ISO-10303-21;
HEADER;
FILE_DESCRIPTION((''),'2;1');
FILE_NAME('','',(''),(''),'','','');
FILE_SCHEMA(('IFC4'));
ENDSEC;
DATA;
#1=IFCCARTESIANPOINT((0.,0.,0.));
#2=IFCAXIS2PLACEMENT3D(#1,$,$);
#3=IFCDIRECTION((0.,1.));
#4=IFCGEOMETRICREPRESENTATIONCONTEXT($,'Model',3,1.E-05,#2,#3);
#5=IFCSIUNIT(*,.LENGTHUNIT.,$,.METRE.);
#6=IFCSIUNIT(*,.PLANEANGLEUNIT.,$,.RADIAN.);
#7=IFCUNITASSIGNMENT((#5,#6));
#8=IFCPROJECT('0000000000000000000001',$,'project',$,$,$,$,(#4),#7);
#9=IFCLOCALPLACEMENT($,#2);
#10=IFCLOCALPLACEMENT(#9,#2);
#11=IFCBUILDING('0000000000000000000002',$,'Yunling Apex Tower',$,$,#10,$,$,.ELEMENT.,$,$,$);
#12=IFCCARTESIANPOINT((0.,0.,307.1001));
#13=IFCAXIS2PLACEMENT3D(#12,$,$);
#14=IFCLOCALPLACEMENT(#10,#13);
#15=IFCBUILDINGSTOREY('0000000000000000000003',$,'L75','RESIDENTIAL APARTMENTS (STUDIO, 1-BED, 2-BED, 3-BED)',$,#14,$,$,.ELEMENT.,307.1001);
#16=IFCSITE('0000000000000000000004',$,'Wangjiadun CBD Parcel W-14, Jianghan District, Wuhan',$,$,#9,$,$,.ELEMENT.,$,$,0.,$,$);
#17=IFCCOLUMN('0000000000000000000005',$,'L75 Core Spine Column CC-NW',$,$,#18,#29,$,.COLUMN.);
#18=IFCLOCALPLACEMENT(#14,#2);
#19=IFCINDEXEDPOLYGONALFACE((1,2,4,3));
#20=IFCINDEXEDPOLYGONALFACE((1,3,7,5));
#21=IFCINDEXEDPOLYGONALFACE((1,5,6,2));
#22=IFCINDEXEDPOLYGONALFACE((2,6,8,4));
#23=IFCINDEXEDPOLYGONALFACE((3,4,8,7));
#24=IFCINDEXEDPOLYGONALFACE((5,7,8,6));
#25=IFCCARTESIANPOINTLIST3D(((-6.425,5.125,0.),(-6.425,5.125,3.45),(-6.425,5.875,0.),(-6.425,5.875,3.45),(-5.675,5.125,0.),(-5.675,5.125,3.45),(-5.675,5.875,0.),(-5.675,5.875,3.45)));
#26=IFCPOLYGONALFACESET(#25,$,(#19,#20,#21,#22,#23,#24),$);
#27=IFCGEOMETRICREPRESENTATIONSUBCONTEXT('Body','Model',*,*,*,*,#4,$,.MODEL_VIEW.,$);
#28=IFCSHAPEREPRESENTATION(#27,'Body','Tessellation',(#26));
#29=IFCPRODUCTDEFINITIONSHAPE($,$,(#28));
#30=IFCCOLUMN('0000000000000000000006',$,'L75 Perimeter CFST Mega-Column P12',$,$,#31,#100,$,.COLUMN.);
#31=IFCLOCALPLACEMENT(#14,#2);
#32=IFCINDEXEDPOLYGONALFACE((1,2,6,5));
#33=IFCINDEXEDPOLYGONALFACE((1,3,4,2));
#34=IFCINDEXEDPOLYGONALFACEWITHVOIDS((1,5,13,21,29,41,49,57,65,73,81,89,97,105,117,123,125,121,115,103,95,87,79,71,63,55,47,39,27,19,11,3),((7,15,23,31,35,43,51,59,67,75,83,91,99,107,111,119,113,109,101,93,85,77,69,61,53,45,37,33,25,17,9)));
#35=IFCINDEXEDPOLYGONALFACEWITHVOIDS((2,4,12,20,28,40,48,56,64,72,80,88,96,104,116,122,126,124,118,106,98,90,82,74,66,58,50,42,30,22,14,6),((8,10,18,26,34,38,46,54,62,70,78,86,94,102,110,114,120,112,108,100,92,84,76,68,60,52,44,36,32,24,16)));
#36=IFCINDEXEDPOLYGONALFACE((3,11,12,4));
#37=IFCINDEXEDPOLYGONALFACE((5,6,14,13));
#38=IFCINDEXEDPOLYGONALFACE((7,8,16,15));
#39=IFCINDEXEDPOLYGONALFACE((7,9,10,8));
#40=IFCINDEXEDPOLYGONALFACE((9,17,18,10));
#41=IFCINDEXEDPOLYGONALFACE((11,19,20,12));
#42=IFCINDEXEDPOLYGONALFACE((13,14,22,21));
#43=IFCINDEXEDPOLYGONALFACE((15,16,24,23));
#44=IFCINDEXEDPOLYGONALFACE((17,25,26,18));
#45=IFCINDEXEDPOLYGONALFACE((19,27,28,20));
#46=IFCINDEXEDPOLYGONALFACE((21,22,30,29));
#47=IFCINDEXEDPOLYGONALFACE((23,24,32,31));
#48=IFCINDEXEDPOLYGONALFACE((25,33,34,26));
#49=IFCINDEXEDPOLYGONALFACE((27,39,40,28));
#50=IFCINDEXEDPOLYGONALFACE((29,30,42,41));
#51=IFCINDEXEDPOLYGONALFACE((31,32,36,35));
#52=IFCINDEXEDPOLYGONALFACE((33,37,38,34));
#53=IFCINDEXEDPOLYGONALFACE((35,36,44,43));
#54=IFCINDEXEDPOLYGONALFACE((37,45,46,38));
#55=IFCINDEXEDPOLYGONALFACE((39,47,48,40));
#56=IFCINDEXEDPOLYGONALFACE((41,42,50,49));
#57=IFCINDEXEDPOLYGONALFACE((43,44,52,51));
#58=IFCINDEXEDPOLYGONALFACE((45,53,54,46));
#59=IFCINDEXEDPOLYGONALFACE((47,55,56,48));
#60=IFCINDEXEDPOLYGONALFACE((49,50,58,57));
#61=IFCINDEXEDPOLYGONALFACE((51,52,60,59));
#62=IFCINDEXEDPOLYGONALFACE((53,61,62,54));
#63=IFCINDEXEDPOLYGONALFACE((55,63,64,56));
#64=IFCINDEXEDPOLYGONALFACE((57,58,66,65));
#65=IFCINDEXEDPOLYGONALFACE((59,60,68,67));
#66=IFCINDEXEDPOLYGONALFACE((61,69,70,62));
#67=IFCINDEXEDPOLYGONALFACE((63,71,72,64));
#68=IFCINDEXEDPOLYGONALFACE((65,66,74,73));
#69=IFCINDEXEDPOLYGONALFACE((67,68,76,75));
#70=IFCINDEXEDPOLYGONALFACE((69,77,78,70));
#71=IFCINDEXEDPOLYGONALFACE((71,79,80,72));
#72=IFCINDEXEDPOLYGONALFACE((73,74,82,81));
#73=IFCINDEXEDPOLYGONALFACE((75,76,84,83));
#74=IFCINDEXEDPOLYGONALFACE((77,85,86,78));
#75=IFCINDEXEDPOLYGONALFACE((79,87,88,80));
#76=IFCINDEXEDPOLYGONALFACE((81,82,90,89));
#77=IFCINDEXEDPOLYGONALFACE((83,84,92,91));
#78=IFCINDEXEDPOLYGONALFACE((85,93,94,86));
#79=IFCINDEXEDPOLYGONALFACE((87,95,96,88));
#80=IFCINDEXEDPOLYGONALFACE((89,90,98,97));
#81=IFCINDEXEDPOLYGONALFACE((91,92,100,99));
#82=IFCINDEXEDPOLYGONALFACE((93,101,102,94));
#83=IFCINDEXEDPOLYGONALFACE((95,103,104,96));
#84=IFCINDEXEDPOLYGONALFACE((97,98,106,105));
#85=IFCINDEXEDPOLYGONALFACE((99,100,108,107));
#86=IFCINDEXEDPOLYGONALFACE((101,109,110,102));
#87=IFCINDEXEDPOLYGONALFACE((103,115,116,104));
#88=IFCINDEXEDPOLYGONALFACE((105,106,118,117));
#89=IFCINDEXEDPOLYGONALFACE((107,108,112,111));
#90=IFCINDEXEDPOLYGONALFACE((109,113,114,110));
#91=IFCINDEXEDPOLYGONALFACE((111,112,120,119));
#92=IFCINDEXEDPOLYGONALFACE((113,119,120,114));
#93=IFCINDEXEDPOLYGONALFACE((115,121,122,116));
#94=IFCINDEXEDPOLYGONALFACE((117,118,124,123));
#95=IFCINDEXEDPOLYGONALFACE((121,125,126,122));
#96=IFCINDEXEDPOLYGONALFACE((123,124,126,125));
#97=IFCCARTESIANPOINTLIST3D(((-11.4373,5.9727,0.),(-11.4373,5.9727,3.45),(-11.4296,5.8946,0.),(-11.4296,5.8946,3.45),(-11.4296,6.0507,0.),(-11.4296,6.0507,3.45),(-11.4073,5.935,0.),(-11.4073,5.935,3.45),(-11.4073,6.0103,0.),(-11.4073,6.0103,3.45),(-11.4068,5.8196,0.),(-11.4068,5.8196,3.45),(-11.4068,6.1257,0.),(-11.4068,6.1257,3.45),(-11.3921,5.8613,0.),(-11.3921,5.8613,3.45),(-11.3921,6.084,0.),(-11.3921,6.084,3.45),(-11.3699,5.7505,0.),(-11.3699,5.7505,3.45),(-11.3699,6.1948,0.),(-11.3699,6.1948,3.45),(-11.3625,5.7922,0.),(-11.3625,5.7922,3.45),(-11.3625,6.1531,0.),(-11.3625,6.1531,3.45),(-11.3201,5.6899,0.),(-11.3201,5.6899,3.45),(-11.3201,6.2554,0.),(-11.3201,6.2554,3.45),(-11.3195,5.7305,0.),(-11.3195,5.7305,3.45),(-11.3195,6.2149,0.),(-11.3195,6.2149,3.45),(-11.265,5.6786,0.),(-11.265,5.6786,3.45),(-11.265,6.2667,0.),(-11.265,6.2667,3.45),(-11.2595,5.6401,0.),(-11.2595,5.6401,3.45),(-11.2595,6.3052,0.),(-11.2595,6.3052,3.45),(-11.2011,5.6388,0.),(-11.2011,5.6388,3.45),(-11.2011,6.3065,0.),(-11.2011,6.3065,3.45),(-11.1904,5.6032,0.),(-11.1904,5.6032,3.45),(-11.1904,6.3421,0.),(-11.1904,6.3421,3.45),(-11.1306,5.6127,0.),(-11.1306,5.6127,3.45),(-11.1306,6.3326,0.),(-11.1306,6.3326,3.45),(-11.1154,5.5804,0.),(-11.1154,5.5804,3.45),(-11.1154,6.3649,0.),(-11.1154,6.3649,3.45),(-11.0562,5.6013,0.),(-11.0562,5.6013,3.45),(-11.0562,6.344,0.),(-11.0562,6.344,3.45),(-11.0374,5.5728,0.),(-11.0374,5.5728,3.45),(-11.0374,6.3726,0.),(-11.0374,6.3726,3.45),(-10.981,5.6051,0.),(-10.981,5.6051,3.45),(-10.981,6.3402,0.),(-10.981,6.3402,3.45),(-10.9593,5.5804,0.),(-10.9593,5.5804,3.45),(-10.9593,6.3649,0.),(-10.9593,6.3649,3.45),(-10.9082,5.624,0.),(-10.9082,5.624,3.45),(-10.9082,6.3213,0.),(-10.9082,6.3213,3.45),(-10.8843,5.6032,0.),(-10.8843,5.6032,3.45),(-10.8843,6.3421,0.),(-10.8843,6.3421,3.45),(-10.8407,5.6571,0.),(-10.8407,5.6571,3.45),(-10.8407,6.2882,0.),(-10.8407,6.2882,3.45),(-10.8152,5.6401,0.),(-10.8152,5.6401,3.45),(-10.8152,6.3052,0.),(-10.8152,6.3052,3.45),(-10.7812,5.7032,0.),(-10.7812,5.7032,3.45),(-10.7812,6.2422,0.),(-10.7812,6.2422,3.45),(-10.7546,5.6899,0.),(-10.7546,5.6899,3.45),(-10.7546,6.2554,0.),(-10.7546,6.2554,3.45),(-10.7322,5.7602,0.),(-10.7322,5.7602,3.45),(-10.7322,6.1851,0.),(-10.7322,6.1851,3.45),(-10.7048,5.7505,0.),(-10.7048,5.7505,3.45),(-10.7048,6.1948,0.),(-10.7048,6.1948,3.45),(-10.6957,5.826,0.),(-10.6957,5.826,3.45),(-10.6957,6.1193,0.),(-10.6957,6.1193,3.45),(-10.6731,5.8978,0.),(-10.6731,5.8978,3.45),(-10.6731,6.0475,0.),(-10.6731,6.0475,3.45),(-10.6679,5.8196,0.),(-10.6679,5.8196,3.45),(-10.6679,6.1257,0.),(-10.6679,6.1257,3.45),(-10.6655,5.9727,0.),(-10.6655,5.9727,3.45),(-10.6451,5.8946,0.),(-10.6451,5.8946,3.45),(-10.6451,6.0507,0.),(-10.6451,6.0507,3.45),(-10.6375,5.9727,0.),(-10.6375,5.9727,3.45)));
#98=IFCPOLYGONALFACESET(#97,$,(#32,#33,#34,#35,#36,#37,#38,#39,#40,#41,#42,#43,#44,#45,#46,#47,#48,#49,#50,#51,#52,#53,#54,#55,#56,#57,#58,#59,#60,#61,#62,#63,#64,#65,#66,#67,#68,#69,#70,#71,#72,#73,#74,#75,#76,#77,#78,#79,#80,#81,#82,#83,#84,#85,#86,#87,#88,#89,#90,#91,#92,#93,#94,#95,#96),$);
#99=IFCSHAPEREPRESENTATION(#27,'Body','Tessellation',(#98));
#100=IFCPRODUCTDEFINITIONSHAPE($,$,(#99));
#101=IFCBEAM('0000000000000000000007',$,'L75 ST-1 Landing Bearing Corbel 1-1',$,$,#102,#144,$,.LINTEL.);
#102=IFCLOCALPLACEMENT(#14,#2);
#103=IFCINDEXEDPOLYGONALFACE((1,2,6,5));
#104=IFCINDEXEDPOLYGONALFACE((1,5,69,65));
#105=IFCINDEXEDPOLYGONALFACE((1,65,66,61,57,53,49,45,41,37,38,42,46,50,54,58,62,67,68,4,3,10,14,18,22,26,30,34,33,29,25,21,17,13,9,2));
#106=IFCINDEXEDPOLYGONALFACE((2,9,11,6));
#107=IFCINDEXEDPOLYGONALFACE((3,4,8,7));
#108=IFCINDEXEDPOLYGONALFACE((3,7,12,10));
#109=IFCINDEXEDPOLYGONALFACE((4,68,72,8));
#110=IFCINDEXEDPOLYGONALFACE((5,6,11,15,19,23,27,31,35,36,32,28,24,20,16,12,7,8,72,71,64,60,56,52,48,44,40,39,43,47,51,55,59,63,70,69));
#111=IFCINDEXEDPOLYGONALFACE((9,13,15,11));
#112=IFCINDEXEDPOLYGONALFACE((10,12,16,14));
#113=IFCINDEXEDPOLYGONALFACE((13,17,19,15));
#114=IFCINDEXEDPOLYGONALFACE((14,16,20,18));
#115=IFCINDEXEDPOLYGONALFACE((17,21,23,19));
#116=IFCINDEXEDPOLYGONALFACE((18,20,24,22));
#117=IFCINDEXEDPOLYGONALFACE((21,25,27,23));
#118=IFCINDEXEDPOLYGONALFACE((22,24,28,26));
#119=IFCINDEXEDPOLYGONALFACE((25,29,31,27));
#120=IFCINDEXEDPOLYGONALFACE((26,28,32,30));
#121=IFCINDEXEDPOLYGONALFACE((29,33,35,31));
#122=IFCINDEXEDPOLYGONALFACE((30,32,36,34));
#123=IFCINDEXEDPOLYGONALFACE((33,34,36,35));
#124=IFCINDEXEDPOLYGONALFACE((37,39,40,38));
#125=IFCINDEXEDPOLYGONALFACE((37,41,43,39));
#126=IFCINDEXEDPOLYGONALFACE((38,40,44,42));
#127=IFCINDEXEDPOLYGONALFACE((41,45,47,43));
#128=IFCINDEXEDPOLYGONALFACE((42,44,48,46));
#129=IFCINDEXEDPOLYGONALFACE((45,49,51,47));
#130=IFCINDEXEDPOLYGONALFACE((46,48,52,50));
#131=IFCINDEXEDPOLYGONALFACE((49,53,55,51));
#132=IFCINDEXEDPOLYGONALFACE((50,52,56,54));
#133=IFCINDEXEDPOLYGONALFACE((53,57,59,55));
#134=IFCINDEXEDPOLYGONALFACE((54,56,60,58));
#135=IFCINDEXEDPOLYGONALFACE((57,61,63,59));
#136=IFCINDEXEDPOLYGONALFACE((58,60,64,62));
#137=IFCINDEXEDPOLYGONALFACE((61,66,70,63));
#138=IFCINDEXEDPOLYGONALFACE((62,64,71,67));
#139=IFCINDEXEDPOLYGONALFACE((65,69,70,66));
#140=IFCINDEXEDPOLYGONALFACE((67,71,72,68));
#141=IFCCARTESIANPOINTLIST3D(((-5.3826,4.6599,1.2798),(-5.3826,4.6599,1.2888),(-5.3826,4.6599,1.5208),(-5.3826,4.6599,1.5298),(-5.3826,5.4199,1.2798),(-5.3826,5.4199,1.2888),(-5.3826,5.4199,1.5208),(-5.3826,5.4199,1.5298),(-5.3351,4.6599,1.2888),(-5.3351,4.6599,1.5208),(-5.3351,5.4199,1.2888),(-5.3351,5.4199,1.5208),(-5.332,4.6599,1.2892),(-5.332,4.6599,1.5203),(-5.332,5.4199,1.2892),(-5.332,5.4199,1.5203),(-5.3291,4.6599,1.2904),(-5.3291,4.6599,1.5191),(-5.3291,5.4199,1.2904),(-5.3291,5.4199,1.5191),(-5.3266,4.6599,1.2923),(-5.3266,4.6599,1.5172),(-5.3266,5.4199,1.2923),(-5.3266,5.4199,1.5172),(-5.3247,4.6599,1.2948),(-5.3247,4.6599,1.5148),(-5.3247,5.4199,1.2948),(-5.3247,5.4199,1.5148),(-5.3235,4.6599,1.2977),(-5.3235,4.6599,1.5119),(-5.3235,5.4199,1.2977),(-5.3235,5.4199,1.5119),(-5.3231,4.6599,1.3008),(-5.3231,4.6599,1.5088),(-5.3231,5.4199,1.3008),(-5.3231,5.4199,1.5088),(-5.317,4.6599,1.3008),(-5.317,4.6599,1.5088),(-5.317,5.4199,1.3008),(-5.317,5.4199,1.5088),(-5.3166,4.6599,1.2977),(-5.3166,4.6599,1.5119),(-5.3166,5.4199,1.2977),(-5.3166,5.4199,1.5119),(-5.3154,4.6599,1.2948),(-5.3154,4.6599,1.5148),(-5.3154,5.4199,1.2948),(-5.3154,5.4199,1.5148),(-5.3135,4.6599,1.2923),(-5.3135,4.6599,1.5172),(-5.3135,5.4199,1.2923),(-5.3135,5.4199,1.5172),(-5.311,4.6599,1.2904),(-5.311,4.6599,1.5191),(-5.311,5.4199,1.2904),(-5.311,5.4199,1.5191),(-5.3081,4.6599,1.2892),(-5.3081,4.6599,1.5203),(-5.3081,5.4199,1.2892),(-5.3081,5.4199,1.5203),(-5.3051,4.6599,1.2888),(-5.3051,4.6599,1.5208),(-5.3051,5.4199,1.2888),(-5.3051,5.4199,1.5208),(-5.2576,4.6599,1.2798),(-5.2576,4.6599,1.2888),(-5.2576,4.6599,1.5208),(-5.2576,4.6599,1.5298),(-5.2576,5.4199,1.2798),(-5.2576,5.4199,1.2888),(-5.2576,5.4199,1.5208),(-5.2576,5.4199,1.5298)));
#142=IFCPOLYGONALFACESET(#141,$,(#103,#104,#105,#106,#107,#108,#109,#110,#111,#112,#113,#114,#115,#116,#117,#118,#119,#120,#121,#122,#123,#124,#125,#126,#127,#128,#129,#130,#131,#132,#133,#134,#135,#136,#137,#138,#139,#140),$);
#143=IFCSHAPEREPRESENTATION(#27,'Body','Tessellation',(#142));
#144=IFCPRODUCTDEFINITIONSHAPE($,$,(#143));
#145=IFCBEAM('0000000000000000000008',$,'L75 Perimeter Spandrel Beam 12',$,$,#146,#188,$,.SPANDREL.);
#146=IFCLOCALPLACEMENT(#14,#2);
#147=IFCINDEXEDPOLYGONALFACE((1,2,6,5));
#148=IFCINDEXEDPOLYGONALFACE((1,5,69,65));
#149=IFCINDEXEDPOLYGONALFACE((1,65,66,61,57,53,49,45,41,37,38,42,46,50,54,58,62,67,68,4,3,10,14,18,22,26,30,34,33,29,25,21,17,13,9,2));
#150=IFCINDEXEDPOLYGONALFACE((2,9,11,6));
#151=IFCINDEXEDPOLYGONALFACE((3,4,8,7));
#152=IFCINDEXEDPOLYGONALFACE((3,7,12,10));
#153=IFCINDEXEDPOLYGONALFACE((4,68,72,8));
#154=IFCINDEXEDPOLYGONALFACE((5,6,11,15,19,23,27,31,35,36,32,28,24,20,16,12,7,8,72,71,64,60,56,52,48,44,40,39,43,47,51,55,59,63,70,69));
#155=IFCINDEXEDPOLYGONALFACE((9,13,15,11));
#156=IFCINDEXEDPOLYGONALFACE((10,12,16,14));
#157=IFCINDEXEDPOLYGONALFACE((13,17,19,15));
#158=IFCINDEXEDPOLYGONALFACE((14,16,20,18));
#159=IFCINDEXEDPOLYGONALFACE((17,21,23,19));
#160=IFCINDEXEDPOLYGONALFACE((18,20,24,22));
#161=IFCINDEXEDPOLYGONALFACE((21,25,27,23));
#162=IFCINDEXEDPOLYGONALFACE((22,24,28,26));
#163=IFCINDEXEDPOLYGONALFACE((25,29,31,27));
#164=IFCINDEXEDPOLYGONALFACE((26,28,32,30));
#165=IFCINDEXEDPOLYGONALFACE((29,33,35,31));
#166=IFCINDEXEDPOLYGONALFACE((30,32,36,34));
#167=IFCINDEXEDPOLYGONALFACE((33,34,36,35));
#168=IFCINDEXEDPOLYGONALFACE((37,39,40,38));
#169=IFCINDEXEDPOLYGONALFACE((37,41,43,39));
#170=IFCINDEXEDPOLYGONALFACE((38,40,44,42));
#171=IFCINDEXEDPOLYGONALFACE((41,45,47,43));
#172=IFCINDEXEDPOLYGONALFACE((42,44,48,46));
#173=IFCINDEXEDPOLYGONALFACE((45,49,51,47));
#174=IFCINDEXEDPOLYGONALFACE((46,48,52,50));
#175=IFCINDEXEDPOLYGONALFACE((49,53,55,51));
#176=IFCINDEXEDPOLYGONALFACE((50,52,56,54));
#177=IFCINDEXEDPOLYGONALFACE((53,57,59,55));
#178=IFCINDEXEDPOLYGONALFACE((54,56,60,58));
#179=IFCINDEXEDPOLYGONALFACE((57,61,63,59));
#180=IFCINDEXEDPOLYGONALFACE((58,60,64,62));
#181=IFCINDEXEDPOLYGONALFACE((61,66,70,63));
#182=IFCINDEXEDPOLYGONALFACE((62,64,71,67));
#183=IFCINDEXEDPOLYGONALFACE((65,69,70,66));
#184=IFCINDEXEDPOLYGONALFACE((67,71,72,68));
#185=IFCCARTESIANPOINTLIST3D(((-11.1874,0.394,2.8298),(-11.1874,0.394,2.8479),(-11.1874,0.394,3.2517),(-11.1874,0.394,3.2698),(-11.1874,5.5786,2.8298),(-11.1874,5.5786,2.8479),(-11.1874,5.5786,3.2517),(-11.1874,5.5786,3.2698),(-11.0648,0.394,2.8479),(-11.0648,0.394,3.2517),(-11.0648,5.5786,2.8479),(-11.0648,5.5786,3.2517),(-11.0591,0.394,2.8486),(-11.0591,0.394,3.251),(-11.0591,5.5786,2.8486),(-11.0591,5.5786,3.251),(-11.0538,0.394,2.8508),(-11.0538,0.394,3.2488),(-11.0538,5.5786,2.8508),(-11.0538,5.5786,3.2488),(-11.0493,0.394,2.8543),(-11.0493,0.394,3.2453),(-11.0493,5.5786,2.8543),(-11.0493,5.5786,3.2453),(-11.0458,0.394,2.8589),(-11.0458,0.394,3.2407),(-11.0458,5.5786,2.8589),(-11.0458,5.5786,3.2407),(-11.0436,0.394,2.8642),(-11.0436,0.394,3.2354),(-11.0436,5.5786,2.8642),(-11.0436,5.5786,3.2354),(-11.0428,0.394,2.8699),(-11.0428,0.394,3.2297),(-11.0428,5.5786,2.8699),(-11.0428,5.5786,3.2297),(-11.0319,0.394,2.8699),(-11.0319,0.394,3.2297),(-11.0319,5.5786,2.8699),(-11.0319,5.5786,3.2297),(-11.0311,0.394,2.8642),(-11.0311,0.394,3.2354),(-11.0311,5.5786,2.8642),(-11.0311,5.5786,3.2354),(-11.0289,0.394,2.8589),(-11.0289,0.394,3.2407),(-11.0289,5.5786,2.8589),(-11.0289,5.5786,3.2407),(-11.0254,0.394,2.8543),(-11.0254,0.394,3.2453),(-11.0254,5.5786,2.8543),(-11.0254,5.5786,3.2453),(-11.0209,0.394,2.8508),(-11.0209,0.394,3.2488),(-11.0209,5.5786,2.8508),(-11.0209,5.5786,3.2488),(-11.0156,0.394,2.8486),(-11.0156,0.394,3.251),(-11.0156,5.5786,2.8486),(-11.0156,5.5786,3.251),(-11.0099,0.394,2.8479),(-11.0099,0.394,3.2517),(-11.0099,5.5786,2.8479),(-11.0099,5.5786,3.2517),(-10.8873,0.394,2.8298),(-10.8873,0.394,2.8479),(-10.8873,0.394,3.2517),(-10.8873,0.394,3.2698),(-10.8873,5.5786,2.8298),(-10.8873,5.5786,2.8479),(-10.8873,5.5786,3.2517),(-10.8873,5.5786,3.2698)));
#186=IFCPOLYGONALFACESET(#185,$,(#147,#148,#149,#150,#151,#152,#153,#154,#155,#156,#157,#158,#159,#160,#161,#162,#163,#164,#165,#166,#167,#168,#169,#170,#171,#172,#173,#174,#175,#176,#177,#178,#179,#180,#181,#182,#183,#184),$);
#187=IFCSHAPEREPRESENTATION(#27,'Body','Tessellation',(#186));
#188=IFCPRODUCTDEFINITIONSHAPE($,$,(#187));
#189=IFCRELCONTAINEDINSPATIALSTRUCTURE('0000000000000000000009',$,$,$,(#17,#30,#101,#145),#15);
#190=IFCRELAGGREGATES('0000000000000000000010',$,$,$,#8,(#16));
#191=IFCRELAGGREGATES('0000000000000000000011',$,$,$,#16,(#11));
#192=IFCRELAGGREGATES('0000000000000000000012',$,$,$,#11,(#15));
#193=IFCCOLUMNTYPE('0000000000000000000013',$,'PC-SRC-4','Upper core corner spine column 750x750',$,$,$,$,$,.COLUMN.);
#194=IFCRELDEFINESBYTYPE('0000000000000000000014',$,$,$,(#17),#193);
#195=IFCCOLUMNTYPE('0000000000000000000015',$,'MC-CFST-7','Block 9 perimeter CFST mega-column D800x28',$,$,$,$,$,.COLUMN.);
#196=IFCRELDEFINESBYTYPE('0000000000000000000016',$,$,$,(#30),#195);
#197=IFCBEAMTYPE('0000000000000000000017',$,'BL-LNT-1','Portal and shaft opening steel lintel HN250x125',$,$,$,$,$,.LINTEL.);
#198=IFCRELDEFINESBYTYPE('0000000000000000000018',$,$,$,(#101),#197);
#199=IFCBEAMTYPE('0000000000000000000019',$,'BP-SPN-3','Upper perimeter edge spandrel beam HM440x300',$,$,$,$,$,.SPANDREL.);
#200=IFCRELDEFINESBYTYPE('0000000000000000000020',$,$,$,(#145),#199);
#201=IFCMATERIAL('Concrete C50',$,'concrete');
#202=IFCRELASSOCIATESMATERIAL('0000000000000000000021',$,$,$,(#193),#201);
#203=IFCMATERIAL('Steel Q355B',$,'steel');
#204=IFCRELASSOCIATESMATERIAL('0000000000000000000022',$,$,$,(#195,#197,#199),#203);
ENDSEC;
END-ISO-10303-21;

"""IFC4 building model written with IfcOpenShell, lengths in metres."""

from ifc_helpers import new_model, si_unit, direction, frame, origin, origin_2d, place, context, subcontext, project, spatial, rectangle, hollow_circle, i_section, extrude, source, transform, mapped, material, material_profile, profile_set, type_object, element, save


model = new_model("IFC4")

# Units and contexts
model_context = context("Model", 3, precision=1e-05, world=origin(), true_north=direction((0.0, 1.0)))
body_context = subcontext(model_context, "Body", "Model", "MODEL_VIEW")
ifc_project = project(units=[si_unit("LENGTHUNIT", "METRE"), si_unit("PLANEANGLEUNIT", "RADIAN")], contexts=[model_context])

# Site, building, storey
site_placement = place(None, origin())
site = spatial("IfcSite", under=ifc_project, at=site_placement, Name="Wangjiadun CBD Parcel W-14, Jianghan District, Wuhan", CompositionType="ELEMENT", RefElevation=0.0)
building_placement = place(site_placement, origin())
building = spatial("IfcBuilding", under=site, at=building_placement, Name="Yunling Apex Tower", CompositionType="ELEMENT")
storey_placement = place(building_placement, frame((0.0, 0.0, 307.1001)))
storey = spatial("IfcBuildingStorey", under=building, at=storey_placement, Name="L75", Description="RESIDENTIAL APARTMENTS (STUDIO, 1-BED, 2-BED, 3-BED)", CompositionType="ELEMENT", Elevation=307.1001)

# Columns
ifc_material_1 = material(Name="Concrete C50", Category="concrete")
ifc_material_profile_1 = material_profile(ifc_material_1, rectangle(XDim=0.75, YDim=0.75, at=origin_2d()))
ifc_profile_set_1 = profile_set([ifc_material_profile_1], Name="Concrete C50")
column_type_1 = type_object("IfcColumnType", Name="PC-SRC-4", Description="Upper core corner spine column 750x750", PredefinedType="COLUMN", material=ifc_profile_set_1)
shared_shape_1 = source(origin(), body_context, "Body", "SweptSolid", [
    extrude(rectangle(XDim=0.75, YDim=0.75, at=origin_2d()), origin(), (0.0, 0.0, 1.0), 3.45),
])
column_1_placement = place(storey_placement, frame((-6.05, 5.5, 0.0), z_axis=(0.0, 0.0, 1.0), x_axis=(1.0, 0.0, 0.0)))
element("IfcColumn", 1, at=column_1_placement, inside=storey, type_object=column_type_1, Name="L75 Core Spine Column CC-NW", PredefinedType="COLUMN", context=body_context, shape_type="MappedRepresentation", body=[
    mapped(shared_shape_1, transform((0.0, 0.0, 0.0), scale=1.0)),
])
ifc_material_2 = material(Name="Steel Q355B", Category="steel")
ifc_material_profile_2 = material_profile(ifc_material_2, hollow_circle(Radius=0.3999, WallThickness=0.0281, at=origin_2d()))
ifc_profile_set_2 = profile_set([ifc_material_profile_2], Name="Steel Q355B")
column_type_2 = type_object("IfcColumnType", Name="MC-CFST-7", Description="Block 9 perimeter CFST mega-column D800x28", PredefinedType="COLUMN", material=ifc_profile_set_2)
shared_shape_2 = source(origin(), body_context, "Body", "SweptSolid", [
    extrude(hollow_circle(Radius=0.3999, WallThickness=0.0281, at=origin_2d()), origin(), (0.0, 0.0, 1.0), 3.45),
])
column_2_placement = place(storey_placement, frame((-11.0374, 5.9727, 0.0), z_axis=(0.0, 0.0, 1.0), x_axis=(1.0, 0.0, 0.0)))
element("IfcColumn", 2, at=column_2_placement, inside=storey, type_object=column_type_2, Name="L75 Perimeter CFST Mega-Column P12", PredefinedType="COLUMN", context=body_context, shape_type="MappedRepresentation", body=[
    mapped(shared_shape_2, transform((0.0, 0.0, 0.0), scale=1.0)),
])

# Beams
ifc_material_profile_3 = material_profile(ifc_material_2, i_section(OverallWidth=0.125, OverallDepth=0.25, WebThickness=0.0061, FlangeThickness=0.009, FilletRadius=0.012, at=origin_2d()))
ifc_profile_set_3 = profile_set([ifc_material_profile_3], Name="Steel Q355B")
beam_type_1 = type_object("IfcBeamType", Name="BL-LNT-1", Description="Portal and shaft opening steel lintel HN250x125", PredefinedType="LINTEL", material=ifc_profile_set_3)
shared_shape_3 = source(origin(), body_context, "Body", "SweptSolid", [
    extrude(i_section(OverallWidth=0.125, OverallDepth=0.25, WebThickness=0.0061, FlangeThickness=0.009, FilletRadius=0.012, at=origin_2d()), origin(), (0.0, 0.0, 1.0), 0.76),
])
beam_1_placement = place(storey_placement, frame((-5.3201, 5.4199, 1.4048), z_axis=(0.0, -1.0, 0.0), x_axis=(1.0, 0.0, 0.0)))
element("IfcBeam", 3, at=beam_1_placement, inside=storey, type_object=beam_type_1, Name="L75 ST-1 Landing Bearing Corbel 1-1", PredefinedType="LINTEL", context=body_context, shape_type="MappedRepresentation", body=[
    mapped(shared_shape_3, transform((0.0, 0.0, 0.0), scale=1.0)),
])
ifc_material_profile_4 = material_profile(ifc_material_2, i_section(OverallWidth=0.3, OverallDepth=0.4399, WebThickness=0.011, FlangeThickness=0.0181, FilletRadius=0.022, at=origin_2d()))
ifc_profile_set_4 = profile_set([ifc_material_profile_4], Name="Steel Q355B")
beam_type_2 = type_object("IfcBeamType", Name="BP-SPN-3", Description="Upper perimeter edge spandrel beam HM440x300", PredefinedType="SPANDREL", material=ifc_profile_set_4)
shared_shape_4 = source(origin(), body_context, "Body", "SweptSolid", [
    extrude(i_section(OverallWidth=0.3, OverallDepth=0.4399, WebThickness=0.011, FlangeThickness=0.0181, FilletRadius=0.022, at=origin_2d()), origin(), (0.0, 0.0, 1.0), 5.1846),
])
beam_2_placement = place(storey_placement, frame((-11.0374, 5.5786, 3.0498), z_axis=(0.0, -1.0, 0.0), x_axis=(1.0, 0.0, 0.0)))
element("IfcBeam", 4, at=beam_2_placement, inside=storey, type_object=beam_type_2, Name="L75 Perimeter Spandrel Beam 12", PredefinedType="SPANDREL", context=body_context, shape_type="MappedRepresentation", body=[
    mapped(shared_shape_4, transform((0.0, 0.0, 0.0), scale=1.0)),
])

save(model, "model.ifc")
